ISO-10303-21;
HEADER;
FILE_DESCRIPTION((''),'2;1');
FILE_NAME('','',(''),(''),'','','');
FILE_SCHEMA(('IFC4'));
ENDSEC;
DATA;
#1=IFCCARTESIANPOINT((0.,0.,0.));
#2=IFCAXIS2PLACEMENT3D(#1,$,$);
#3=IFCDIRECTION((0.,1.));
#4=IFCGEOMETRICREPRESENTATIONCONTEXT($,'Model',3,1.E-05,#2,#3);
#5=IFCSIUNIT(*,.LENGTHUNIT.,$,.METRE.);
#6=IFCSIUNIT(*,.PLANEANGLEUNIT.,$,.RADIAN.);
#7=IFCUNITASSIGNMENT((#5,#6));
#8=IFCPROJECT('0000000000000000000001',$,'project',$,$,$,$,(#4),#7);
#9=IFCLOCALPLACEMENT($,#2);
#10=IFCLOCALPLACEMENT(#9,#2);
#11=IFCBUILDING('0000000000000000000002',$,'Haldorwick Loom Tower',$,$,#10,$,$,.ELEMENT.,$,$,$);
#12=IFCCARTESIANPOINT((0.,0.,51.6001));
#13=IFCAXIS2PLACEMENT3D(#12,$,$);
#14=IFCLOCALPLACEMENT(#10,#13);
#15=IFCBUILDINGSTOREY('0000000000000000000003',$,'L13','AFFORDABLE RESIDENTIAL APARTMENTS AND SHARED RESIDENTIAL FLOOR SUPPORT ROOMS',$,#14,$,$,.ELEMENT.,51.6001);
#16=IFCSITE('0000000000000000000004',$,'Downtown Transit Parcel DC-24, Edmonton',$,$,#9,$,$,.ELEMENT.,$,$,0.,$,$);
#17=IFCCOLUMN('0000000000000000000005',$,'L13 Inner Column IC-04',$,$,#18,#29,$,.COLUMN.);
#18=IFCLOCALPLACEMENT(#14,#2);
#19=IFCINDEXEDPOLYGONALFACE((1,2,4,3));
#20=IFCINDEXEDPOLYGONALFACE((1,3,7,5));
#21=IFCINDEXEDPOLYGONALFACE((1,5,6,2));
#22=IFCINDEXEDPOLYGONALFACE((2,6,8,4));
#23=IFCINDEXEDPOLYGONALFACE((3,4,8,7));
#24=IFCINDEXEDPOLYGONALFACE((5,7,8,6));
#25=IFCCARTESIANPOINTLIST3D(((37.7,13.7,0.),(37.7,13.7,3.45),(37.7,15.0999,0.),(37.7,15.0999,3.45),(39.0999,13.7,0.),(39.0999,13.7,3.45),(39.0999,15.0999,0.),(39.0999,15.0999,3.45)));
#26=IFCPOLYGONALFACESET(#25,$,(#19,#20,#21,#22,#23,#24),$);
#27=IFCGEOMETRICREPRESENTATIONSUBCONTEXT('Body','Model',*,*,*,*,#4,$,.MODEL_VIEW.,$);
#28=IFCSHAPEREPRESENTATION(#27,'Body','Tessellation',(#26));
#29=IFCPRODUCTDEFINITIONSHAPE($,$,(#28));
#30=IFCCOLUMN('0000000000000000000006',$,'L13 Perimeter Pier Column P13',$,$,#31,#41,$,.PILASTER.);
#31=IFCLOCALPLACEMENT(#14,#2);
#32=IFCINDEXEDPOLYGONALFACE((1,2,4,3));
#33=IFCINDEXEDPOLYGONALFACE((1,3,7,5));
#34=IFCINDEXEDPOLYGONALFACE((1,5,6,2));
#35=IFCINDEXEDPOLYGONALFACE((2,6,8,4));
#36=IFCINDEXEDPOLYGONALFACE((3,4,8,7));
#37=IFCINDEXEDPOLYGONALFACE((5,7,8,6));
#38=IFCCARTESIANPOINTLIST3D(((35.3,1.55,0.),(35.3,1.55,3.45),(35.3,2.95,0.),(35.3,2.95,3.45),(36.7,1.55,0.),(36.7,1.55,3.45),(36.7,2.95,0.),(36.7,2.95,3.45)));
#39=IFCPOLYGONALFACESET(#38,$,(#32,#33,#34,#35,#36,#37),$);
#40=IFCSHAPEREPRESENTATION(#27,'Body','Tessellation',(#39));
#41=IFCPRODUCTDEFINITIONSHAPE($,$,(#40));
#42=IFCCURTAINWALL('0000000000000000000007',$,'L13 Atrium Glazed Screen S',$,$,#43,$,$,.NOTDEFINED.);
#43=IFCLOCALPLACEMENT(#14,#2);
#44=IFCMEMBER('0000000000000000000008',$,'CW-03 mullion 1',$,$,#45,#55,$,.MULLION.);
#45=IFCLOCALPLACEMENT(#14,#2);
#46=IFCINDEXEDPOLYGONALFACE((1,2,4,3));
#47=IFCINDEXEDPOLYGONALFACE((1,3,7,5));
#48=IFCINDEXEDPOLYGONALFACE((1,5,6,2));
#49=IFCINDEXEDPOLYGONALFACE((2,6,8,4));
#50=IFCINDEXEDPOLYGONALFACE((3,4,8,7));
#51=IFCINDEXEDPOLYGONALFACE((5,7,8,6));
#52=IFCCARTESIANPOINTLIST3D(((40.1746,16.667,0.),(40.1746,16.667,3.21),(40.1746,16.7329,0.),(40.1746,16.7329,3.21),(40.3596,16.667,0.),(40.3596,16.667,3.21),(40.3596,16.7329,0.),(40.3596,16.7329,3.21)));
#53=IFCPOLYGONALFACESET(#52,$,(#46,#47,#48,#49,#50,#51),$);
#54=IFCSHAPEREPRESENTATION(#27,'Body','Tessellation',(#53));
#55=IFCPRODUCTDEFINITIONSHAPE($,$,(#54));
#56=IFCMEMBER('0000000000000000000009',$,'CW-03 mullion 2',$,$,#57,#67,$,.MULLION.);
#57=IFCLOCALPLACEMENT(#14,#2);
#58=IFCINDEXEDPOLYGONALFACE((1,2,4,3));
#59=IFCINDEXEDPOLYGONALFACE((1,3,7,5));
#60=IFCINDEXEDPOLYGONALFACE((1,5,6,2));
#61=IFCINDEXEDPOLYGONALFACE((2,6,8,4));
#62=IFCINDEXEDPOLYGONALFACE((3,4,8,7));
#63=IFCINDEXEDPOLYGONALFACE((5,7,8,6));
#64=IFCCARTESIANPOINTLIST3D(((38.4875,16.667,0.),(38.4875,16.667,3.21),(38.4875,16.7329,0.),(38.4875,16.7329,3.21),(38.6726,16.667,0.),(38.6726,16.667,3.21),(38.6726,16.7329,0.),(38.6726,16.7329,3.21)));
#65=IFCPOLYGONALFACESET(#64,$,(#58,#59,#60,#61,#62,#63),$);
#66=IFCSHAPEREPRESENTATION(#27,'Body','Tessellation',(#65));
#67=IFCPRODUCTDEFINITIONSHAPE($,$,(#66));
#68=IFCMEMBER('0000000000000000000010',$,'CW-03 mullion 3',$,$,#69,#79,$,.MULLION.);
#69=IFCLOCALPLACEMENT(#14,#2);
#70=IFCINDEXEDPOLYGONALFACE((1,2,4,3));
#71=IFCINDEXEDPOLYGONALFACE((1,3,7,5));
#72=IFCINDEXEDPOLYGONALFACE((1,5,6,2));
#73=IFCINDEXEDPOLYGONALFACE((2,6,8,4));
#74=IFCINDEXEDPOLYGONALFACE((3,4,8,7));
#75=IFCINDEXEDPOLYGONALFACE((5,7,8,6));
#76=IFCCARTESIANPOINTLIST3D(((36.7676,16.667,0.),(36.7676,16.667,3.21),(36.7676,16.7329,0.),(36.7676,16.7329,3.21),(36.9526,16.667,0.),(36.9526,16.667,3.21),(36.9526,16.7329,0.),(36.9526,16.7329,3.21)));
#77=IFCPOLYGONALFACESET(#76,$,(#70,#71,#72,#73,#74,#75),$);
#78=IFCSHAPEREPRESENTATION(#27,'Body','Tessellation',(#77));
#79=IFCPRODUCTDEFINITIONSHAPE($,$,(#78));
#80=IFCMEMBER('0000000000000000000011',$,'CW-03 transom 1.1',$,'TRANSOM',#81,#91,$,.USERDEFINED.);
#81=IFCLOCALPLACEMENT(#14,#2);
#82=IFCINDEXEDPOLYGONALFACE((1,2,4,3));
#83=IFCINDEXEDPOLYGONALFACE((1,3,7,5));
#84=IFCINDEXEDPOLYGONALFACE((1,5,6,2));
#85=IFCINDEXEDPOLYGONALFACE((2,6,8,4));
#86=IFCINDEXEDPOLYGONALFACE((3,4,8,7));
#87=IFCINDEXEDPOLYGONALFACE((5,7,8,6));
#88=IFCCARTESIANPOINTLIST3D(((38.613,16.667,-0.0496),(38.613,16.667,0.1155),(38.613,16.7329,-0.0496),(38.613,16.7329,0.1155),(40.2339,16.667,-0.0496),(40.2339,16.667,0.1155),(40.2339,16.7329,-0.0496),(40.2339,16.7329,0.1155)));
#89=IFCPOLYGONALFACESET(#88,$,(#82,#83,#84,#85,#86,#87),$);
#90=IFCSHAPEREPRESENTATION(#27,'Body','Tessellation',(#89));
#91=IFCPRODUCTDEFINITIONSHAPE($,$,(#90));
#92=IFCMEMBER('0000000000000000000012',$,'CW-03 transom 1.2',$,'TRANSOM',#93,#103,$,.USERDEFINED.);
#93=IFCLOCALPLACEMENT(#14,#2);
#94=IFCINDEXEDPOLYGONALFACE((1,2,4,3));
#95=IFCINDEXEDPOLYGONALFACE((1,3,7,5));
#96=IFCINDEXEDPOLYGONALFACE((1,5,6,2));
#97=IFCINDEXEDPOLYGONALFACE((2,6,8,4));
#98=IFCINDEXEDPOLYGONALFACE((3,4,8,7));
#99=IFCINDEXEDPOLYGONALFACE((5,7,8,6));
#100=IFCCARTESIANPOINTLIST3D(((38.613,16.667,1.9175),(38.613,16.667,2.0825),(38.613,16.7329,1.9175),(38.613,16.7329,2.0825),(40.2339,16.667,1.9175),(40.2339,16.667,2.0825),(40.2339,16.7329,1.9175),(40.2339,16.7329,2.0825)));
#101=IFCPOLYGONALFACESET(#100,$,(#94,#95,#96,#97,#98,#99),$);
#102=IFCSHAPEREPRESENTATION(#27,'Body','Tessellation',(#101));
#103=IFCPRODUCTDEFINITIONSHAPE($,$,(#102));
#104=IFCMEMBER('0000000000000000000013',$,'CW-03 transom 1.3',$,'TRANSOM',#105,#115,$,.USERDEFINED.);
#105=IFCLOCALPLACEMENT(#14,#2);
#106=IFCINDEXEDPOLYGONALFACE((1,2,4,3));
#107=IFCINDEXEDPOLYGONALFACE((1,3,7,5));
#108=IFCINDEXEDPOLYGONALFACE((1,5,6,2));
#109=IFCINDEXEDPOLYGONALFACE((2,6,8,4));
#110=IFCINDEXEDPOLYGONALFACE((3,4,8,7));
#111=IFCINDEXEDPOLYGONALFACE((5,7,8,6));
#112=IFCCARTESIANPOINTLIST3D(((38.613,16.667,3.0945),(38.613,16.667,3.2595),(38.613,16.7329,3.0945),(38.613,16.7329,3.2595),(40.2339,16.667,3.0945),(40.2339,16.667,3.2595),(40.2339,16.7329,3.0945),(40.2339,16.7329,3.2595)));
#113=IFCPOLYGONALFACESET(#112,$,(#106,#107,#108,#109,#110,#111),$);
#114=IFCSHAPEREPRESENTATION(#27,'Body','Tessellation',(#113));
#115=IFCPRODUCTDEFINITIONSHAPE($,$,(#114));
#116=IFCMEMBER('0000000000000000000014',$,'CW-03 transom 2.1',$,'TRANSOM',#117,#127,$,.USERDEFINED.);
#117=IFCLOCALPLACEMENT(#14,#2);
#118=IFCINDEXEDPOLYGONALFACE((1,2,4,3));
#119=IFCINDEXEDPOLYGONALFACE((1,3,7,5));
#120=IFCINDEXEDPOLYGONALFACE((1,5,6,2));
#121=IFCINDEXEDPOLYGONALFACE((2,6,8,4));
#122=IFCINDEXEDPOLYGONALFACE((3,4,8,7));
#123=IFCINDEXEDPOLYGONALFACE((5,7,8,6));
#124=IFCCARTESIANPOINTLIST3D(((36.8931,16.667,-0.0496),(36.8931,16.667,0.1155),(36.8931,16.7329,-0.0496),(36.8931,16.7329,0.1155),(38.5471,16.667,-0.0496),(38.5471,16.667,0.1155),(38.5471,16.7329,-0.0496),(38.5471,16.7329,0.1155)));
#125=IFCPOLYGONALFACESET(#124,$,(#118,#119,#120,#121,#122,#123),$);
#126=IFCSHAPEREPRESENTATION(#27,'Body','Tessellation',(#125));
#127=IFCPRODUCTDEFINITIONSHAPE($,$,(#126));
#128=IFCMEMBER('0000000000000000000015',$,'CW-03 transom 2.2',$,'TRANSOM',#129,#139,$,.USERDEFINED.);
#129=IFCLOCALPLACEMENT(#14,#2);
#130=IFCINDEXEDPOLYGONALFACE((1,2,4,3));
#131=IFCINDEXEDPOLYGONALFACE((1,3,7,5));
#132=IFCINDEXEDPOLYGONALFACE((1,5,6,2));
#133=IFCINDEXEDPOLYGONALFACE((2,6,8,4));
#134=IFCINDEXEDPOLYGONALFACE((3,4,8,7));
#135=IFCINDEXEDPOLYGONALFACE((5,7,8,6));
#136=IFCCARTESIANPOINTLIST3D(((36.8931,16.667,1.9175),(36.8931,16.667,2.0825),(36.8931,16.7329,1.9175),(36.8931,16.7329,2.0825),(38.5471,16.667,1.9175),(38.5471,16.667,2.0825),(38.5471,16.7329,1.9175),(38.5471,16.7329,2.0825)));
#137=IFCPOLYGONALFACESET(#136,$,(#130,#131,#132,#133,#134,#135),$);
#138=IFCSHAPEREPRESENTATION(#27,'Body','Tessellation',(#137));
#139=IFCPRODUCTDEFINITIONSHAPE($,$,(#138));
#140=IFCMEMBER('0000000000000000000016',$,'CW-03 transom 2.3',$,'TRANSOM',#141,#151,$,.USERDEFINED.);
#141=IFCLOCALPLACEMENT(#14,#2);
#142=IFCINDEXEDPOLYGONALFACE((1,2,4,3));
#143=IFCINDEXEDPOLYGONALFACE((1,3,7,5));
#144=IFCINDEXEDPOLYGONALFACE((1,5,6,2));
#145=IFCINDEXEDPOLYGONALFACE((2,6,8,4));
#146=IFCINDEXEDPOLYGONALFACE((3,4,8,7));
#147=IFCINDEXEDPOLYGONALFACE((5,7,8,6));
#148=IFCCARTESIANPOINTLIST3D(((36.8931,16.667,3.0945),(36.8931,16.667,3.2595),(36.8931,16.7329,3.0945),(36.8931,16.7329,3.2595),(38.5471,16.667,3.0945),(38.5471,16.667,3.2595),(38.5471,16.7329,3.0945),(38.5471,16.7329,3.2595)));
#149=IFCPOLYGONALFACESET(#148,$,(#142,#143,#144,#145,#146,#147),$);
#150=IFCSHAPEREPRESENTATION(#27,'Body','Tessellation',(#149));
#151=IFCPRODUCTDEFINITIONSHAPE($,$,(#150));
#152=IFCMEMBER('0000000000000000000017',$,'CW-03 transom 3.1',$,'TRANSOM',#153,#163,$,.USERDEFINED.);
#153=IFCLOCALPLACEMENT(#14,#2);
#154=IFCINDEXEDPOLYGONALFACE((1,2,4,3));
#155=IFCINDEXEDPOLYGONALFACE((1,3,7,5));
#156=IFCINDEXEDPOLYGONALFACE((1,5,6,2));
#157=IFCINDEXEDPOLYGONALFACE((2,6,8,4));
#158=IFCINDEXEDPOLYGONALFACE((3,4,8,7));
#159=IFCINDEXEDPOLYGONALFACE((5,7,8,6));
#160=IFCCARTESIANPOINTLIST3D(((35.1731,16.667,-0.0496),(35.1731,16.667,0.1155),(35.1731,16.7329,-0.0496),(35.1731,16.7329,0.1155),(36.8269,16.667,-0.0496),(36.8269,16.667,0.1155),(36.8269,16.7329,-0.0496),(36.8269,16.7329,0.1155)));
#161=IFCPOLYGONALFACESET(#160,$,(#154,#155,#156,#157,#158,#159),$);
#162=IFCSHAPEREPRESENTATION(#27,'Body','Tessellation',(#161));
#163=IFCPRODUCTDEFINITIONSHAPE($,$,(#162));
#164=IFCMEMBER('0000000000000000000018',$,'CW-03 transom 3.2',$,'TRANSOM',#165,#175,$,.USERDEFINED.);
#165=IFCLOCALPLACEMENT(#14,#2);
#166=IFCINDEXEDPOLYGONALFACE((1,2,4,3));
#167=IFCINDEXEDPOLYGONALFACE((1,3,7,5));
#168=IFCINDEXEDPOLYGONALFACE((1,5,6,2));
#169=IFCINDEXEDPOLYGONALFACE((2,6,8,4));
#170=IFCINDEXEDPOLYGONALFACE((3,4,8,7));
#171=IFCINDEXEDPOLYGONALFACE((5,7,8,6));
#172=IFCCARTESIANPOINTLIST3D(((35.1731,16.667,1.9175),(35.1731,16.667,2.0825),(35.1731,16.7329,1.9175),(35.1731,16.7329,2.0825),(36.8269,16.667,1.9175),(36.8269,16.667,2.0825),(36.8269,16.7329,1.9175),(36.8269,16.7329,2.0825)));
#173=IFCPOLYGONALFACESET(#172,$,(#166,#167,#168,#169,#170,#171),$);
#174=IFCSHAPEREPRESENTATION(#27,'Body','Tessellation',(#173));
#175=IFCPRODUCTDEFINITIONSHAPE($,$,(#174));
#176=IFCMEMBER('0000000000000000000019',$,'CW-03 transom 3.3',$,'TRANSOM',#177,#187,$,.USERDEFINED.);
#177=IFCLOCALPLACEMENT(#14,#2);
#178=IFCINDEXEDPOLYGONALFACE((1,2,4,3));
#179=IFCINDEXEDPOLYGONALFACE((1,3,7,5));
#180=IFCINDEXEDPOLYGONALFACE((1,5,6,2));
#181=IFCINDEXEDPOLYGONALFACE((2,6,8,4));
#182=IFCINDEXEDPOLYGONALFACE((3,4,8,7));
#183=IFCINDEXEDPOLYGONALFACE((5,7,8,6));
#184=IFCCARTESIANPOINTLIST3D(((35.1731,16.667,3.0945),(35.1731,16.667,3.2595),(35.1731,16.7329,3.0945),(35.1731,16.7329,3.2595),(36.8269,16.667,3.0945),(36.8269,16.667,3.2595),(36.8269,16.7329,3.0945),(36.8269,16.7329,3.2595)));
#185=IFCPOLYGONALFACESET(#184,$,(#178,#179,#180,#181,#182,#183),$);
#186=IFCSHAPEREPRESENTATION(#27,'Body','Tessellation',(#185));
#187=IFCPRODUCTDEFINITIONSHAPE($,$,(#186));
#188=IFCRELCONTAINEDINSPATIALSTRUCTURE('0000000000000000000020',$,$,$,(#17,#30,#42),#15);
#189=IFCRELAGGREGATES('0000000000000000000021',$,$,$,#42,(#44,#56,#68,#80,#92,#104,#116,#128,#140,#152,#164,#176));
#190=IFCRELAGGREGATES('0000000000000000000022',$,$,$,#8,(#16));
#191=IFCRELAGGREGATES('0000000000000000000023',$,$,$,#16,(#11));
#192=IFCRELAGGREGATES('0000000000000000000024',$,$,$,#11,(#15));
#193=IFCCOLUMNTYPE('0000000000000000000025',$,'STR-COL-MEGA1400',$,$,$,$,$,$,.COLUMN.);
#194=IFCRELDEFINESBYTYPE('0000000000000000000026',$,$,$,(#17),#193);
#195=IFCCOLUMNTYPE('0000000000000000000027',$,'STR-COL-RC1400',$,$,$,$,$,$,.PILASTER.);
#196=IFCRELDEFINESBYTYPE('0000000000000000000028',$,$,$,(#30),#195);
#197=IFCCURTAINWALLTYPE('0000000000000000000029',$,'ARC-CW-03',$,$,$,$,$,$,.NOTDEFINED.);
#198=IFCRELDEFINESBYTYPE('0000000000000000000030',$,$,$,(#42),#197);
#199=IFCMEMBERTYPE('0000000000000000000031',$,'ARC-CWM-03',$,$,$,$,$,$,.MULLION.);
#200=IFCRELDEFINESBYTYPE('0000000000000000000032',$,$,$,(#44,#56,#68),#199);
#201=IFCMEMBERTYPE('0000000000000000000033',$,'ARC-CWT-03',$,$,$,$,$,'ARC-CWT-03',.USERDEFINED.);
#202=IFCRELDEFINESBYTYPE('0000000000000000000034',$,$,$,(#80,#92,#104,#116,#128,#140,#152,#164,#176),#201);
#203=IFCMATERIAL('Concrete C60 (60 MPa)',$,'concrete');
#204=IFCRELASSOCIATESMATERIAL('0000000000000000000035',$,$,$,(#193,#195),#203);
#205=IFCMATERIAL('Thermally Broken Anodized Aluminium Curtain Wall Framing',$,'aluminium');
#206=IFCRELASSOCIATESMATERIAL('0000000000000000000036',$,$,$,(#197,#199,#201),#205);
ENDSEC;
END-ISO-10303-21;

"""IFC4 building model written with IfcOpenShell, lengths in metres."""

from ifc_helpers import new_model, si_unit, direction, frame, origin, origin_2d, place, context, subcontext, project, spatial, rectangle, extrude, material, material_profile, profile_set, type_object, element, aggregate, save


model = new_model("IFC4")

# Units and contexts
model_context = context("Model", 3, precision=1e-05, world=origin(), true_north=direction((0.0, 1.0)))
body_context = subcontext(model_context, "Body", "Model", "MODEL_VIEW")
ifc_project = project(units=[si_unit("LENGTHUNIT", "METRE"), si_unit("PLANEANGLEUNIT", "RADIAN")], contexts=[model_context])

# Site, building, storey
site_placement = place(None, origin())
site = spatial("IfcSite", under=ifc_project, at=site_placement, Name="Downtown Transit Parcel DC-24, Edmonton", CompositionType="ELEMENT", RefElevation=0.0)
building_placement = place(site_placement, origin())
building = spatial("IfcBuilding", under=site, at=building_placement, Name="Haldorwick Loom Tower", CompositionType="ELEMENT")
storey_placement = place(building_placement, frame((0.0, 0.0, 51.6001)))
storey = spatial("IfcBuildingStorey", under=building, at=storey_placement, Name="L13", Description="AFFORDABLE RESIDENTIAL APARTMENTS AND SHARED RESIDENTIAL FLOOR SUPPORT ROOMS", CompositionType="ELEMENT", Elevation=51.6001)

# Columns
ifc_material_1 = material(Name="Concrete C60 (60 MPa)", Category="concrete")
ifc_material_profile_1 = material_profile(ifc_material_1, rectangle(XDim=1.3999, YDim=1.3999, at=origin_2d()), Name="RC1400X1400", Category="concrete")
ifc_profile_set_1 = profile_set([ifc_material_profile_1], Name="Concrete C60 (60 MPa)")
column_type_1 = type_object("IfcColumnType", Name="STR-COL-MEGA1400", PredefinedType="COLUMN", material=ifc_profile_set_1)
column_1_placement = place(storey_placement, frame((38.3999, 14.3999, 0.0), z_axis=(0.0, 0.0, 1.0), x_axis=(1.0, 0.0, 0.0)))
element("IfcColumn", 1, at=column_1_placement, inside=storey, type_object=column_type_1, Name="L13 Inner Column IC-04", PredefinedType="COLUMN", context=body_context, shape_type="SweptSolid", body=[
    extrude(rectangle(XDim=1.3999, YDim=1.3999, at=origin_2d()), origin(), (0.0, 0.0, 1.0), 3.45),
])
ifc_material_profile_2 = material_profile(ifc_material_1, rectangle(XDim=1.3999, YDim=1.3999, at=origin_2d()), Name="RC1400X1400", Category="concrete")
ifc_profile_set_2 = profile_set([ifc_material_profile_2], Name="Concrete C60 (60 MPa)")
column_type_2 = type_object("IfcColumnType", Name="STR-COL-RC1400", PredefinedType="PILASTER", material=ifc_profile_set_2)
column_2_placement = place(storey_placement, frame((36.0, 2.25, 0.0), z_axis=(0.0, 0.0, 1.0), x_axis=(0.0, -1.0, 0.0)))
element("IfcColumn", 2, at=column_2_placement, inside=storey, type_object=column_type_2, Name="L13 Perimeter Pier Column P13", PredefinedType="PILASTER", context=body_context, shape_type="SweptSolid", body=[
    extrude(rectangle(XDim=1.3999, YDim=1.3999, at=origin_2d()), origin(), (0.0, 0.0, 1.0), 3.45),
])

# Curtain wall, members
ifc_material_2 = material(Name="Thermally Broken Anodized Aluminium Curtain Wall Framing", Category="aluminium")
curtain_wall_type = type_object("IfcCurtainWallType", Name="ARC-CW-03", PredefinedType="NOTDEFINED", material=ifc_material_2)
curtain_wall_placement = place(storey_placement, origin())
curtain_wall = element("IfcCurtainWall", 3, at=curtain_wall_placement, inside=storey, type_object=curtain_wall_type, Name="L13 Atrium Glazed Screen S", PredefinedType="NOTDEFINED")
ifc_material_profile_3 = material_profile(ifc_material_2, rectangle(XDim=0.0659, YDim=0.1851, at=origin_2d()), Name="ALU_MUL_66X185", Category="aluminium")
ifc_profile_set_3 = profile_set([ifc_material_profile_3], Name="Thermally Broken Anodized Aluminium Curtain Wall Framing")
member_type_1 = type_object("IfcMemberType", Name="ARC-CWM-03", PredefinedType="MULLION", material=ifc_profile_set_3)
member_1_placement = place(storey_placement, frame((40.2671, 16.7, 0.0), z_axis=(0.0, 0.0, 1.0), x_axis=(0.0, -1.0, 0.0)))
member_1 = element("IfcMember", 4, at=member_1_placement, type_object=member_type_1, Name="CW-03 mullion 1", PredefinedType="MULLION", context=body_context, shape_type="SweptSolid", body=[
    extrude(rectangle(XDim=0.0659, YDim=0.1851, at=origin_2d()), origin(), (0.0, 0.0, 1.0), 3.21),
])
member_2_placement = place(storey_placement, frame((38.5801, 16.7, 0.0), z_axis=(0.0, 0.0, 1.0), x_axis=(0.0, -1.0, 0.0)))
member_2 = element("IfcMember", 5, at=member_2_placement, type_object=member_type_1, Name="CW-03 mullion 2", PredefinedType="MULLION", context=body_context, shape_type="SweptSolid", body=[
    extrude(rectangle(XDim=0.0659, YDim=0.1851, at=origin_2d()), origin(), (0.0, 0.0, 1.0), 3.21),
])
member_3_placement = place(storey_placement, frame((36.8601, 16.7, 0.0), z_axis=(0.0, 0.0, 1.0), x_axis=(0.0, -1.0, 0.0)))
member_3 = element("IfcMember", 6, at=member_3_placement, type_object=member_type_1, Name="CW-03 mullion 3", PredefinedType="MULLION", context=body_context, shape_type="SweptSolid", body=[
    extrude(rectangle(XDim=0.0659, YDim=0.1851, at=origin_2d()), origin(), (0.0, 0.0, 1.0), 3.21),
])
ifc_material_profile_4 = material_profile(ifc_material_2, rectangle(XDim=0.0659, YDim=0.165, at=origin_2d()), Name="ALU_TRN_66X165", Category="aluminium")
ifc_profile_set_4 = profile_set([ifc_material_profile_4], Name="Thermally Broken Anodized Aluminium Curtain Wall Framing")
member_type_2 = type_object("IfcMemberType", Name="ARC-CWT-03", ElementType="ARC-CWT-03", PredefinedType="USERDEFINED", material=ifc_profile_set_4)
member_4_placement = place(storey_placement, frame((40.2339, 16.7, 0.033), z_axis=(-1.0, 0.0, 0.0), x_axis=(0.0, -1.0, 0.0)))
member_4 = element("IfcMember", 7, at=member_4_placement, type_object=member_type_2, Name="CW-03 transom 1.1", ObjectType="TRANSOM", PredefinedType="USERDEFINED", context=body_context, shape_type="SweptSolid", body=[
    extrude(rectangle(XDim=0.0659, YDim=0.165, at=origin_2d()), origin(), (0.0, 0.0, 1.0), 1.6208),
])
member_5_placement = place(storey_placement, frame((40.2339, 16.7, 2.0), z_axis=(-1.0, 0.0, 0.0), x_axis=(0.0, -1.0, 0.0)))
member_5 = element("IfcMember", 8, at=member_5_placement, type_object=member_type_2, Name="CW-03 transom 1.2", ObjectType="TRANSOM", PredefinedType="USERDEFINED", context=body_context, shape_type="SweptSolid", body=[
    extrude(rectangle(XDim=0.0659, YDim=0.165, at=origin_2d()), origin(), (0.0, 0.0, 1.0), 1.6208),
])
member_6_placement = place(storey_placement, frame((40.2339, 16.7, 3.177), z_axis=(-1.0, 0.0, 0.0), x_axis=(0.0, -1.0, 0.0)))
member_6 = element("IfcMember", 9, at=member_6_placement, type_object=member_type_2, Name="CW-03 transom 1.3", ObjectType="TRANSOM", PredefinedType="USERDEFINED", context=body_context, shape_type="SweptSolid", body=[
    extrude(rectangle(XDim=0.0659, YDim=0.165, at=origin_2d()), origin(), (0.0, 0.0, 1.0), 1.6208),
])
member_7_placement = place(storey_placement, frame((38.5471, 16.7, 0.033), z_axis=(-1.0, 0.0, 0.0), x_axis=(0.0, -1.0, 0.0)))
member_7 = element("IfcMember", 10, at=member_7_placement, type_object=member_type_2, Name="CW-03 transom 2.1", ObjectType="TRANSOM", PredefinedType="USERDEFINED", context=body_context, shape_type="SweptSolid", body=[
    extrude(rectangle(XDim=0.0659, YDim=0.165, at=origin_2d()), origin(), (0.0, 0.0, 1.0), 1.6541),
])
member_8_placement = place(storey_placement, frame((38.5471, 16.7, 2.0), z_axis=(-1.0, 0.0, 0.0), x_axis=(0.0, -1.0, 0.0)))
member_8 = element("IfcMember", 11, at=member_8_placement, type_object=member_type_2, Name="CW-03 transom 2.2", ObjectType="TRANSOM", PredefinedType="USERDEFINED", context=body_context, shape_type="SweptSolid", body=[
    extrude(rectangle(XDim=0.0659, YDim=0.165, at=origin_2d()), origin(), (0.0, 0.0, 1.0), 1.6541),
])
member_9_placement = place(storey_placement, frame((38.5471, 16.7, 3.177), z_axis=(-1.0, 0.0, 0.0), x_axis=(0.0, -1.0, 0.0)))
member_9 = element("IfcMember", 12, at=member_9_placement, type_object=member_type_2, Name="CW-03 transom 2.3", ObjectType="TRANSOM", PredefinedType="USERDEFINED", context=body_context, shape_type="SweptSolid", body=[
    extrude(rectangle(XDim=0.0659, YDim=0.165, at=origin_2d()), origin(), (0.0, 0.0, 1.0), 1.6541),
])
member_10_placement = place(storey_placement, frame((36.8269, 16.7, 0.033), z_axis=(-1.0, 0.0, 0.0), x_axis=(0.0, -1.0, 0.0)))
member_10 = element("IfcMember", 13, at=member_10_placement, type_object=member_type_2, Name="CW-03 transom 3.1", ObjectType="TRANSOM", PredefinedType="USERDEFINED", context=body_context, shape_type="SweptSolid", body=[
    extrude(rectangle(XDim=0.0659, YDim=0.165, at=origin_2d()), origin(), (0.0, 0.0, 1.0), 1.6538),
])
member_11_placement = place(storey_placement, frame((36.8269, 16.7, 2.0), z_axis=(-1.0, 0.0, 0.0), x_axis=(0.0, -1.0, 0.0)))
member_11 = element("IfcMember", 14, at=member_11_placement, type_object=member_type_2, Name="CW-03 transom 3.2", ObjectType="TRANSOM", PredefinedType="USERDEFINED", context=body_context, shape_type="SweptSolid", body=[
    extrude(rectangle(XDim=0.0659, YDim=0.165, at=origin_2d()), origin(), (0.0, 0.0, 1.0), 1.6538),
])
member_12_placement = place(storey_placement, frame((36.8269, 16.7, 3.177), z_axis=(-1.0, 0.0, 0.0), x_axis=(0.0, -1.0, 0.0)))
member_12 = element("IfcMember", 15, at=member_12_placement, type_object=member_type_2, Name="CW-03 transom 3.3", ObjectType="TRANSOM", PredefinedType="USERDEFINED", context=body_context, shape_type="SweptSolid", body=[
    extrude(rectangle(XDim=0.0659, YDim=0.165, at=origin_2d()), origin(), (0.0, 0.0, 1.0), 1.6538),
])

aggregate(curtain_wall, [member_1, member_2, member_3, member_4, member_5, member_6, member_7, member_8, member_9, member_10, member_11, member_12])

save(model, "model.ifc")
